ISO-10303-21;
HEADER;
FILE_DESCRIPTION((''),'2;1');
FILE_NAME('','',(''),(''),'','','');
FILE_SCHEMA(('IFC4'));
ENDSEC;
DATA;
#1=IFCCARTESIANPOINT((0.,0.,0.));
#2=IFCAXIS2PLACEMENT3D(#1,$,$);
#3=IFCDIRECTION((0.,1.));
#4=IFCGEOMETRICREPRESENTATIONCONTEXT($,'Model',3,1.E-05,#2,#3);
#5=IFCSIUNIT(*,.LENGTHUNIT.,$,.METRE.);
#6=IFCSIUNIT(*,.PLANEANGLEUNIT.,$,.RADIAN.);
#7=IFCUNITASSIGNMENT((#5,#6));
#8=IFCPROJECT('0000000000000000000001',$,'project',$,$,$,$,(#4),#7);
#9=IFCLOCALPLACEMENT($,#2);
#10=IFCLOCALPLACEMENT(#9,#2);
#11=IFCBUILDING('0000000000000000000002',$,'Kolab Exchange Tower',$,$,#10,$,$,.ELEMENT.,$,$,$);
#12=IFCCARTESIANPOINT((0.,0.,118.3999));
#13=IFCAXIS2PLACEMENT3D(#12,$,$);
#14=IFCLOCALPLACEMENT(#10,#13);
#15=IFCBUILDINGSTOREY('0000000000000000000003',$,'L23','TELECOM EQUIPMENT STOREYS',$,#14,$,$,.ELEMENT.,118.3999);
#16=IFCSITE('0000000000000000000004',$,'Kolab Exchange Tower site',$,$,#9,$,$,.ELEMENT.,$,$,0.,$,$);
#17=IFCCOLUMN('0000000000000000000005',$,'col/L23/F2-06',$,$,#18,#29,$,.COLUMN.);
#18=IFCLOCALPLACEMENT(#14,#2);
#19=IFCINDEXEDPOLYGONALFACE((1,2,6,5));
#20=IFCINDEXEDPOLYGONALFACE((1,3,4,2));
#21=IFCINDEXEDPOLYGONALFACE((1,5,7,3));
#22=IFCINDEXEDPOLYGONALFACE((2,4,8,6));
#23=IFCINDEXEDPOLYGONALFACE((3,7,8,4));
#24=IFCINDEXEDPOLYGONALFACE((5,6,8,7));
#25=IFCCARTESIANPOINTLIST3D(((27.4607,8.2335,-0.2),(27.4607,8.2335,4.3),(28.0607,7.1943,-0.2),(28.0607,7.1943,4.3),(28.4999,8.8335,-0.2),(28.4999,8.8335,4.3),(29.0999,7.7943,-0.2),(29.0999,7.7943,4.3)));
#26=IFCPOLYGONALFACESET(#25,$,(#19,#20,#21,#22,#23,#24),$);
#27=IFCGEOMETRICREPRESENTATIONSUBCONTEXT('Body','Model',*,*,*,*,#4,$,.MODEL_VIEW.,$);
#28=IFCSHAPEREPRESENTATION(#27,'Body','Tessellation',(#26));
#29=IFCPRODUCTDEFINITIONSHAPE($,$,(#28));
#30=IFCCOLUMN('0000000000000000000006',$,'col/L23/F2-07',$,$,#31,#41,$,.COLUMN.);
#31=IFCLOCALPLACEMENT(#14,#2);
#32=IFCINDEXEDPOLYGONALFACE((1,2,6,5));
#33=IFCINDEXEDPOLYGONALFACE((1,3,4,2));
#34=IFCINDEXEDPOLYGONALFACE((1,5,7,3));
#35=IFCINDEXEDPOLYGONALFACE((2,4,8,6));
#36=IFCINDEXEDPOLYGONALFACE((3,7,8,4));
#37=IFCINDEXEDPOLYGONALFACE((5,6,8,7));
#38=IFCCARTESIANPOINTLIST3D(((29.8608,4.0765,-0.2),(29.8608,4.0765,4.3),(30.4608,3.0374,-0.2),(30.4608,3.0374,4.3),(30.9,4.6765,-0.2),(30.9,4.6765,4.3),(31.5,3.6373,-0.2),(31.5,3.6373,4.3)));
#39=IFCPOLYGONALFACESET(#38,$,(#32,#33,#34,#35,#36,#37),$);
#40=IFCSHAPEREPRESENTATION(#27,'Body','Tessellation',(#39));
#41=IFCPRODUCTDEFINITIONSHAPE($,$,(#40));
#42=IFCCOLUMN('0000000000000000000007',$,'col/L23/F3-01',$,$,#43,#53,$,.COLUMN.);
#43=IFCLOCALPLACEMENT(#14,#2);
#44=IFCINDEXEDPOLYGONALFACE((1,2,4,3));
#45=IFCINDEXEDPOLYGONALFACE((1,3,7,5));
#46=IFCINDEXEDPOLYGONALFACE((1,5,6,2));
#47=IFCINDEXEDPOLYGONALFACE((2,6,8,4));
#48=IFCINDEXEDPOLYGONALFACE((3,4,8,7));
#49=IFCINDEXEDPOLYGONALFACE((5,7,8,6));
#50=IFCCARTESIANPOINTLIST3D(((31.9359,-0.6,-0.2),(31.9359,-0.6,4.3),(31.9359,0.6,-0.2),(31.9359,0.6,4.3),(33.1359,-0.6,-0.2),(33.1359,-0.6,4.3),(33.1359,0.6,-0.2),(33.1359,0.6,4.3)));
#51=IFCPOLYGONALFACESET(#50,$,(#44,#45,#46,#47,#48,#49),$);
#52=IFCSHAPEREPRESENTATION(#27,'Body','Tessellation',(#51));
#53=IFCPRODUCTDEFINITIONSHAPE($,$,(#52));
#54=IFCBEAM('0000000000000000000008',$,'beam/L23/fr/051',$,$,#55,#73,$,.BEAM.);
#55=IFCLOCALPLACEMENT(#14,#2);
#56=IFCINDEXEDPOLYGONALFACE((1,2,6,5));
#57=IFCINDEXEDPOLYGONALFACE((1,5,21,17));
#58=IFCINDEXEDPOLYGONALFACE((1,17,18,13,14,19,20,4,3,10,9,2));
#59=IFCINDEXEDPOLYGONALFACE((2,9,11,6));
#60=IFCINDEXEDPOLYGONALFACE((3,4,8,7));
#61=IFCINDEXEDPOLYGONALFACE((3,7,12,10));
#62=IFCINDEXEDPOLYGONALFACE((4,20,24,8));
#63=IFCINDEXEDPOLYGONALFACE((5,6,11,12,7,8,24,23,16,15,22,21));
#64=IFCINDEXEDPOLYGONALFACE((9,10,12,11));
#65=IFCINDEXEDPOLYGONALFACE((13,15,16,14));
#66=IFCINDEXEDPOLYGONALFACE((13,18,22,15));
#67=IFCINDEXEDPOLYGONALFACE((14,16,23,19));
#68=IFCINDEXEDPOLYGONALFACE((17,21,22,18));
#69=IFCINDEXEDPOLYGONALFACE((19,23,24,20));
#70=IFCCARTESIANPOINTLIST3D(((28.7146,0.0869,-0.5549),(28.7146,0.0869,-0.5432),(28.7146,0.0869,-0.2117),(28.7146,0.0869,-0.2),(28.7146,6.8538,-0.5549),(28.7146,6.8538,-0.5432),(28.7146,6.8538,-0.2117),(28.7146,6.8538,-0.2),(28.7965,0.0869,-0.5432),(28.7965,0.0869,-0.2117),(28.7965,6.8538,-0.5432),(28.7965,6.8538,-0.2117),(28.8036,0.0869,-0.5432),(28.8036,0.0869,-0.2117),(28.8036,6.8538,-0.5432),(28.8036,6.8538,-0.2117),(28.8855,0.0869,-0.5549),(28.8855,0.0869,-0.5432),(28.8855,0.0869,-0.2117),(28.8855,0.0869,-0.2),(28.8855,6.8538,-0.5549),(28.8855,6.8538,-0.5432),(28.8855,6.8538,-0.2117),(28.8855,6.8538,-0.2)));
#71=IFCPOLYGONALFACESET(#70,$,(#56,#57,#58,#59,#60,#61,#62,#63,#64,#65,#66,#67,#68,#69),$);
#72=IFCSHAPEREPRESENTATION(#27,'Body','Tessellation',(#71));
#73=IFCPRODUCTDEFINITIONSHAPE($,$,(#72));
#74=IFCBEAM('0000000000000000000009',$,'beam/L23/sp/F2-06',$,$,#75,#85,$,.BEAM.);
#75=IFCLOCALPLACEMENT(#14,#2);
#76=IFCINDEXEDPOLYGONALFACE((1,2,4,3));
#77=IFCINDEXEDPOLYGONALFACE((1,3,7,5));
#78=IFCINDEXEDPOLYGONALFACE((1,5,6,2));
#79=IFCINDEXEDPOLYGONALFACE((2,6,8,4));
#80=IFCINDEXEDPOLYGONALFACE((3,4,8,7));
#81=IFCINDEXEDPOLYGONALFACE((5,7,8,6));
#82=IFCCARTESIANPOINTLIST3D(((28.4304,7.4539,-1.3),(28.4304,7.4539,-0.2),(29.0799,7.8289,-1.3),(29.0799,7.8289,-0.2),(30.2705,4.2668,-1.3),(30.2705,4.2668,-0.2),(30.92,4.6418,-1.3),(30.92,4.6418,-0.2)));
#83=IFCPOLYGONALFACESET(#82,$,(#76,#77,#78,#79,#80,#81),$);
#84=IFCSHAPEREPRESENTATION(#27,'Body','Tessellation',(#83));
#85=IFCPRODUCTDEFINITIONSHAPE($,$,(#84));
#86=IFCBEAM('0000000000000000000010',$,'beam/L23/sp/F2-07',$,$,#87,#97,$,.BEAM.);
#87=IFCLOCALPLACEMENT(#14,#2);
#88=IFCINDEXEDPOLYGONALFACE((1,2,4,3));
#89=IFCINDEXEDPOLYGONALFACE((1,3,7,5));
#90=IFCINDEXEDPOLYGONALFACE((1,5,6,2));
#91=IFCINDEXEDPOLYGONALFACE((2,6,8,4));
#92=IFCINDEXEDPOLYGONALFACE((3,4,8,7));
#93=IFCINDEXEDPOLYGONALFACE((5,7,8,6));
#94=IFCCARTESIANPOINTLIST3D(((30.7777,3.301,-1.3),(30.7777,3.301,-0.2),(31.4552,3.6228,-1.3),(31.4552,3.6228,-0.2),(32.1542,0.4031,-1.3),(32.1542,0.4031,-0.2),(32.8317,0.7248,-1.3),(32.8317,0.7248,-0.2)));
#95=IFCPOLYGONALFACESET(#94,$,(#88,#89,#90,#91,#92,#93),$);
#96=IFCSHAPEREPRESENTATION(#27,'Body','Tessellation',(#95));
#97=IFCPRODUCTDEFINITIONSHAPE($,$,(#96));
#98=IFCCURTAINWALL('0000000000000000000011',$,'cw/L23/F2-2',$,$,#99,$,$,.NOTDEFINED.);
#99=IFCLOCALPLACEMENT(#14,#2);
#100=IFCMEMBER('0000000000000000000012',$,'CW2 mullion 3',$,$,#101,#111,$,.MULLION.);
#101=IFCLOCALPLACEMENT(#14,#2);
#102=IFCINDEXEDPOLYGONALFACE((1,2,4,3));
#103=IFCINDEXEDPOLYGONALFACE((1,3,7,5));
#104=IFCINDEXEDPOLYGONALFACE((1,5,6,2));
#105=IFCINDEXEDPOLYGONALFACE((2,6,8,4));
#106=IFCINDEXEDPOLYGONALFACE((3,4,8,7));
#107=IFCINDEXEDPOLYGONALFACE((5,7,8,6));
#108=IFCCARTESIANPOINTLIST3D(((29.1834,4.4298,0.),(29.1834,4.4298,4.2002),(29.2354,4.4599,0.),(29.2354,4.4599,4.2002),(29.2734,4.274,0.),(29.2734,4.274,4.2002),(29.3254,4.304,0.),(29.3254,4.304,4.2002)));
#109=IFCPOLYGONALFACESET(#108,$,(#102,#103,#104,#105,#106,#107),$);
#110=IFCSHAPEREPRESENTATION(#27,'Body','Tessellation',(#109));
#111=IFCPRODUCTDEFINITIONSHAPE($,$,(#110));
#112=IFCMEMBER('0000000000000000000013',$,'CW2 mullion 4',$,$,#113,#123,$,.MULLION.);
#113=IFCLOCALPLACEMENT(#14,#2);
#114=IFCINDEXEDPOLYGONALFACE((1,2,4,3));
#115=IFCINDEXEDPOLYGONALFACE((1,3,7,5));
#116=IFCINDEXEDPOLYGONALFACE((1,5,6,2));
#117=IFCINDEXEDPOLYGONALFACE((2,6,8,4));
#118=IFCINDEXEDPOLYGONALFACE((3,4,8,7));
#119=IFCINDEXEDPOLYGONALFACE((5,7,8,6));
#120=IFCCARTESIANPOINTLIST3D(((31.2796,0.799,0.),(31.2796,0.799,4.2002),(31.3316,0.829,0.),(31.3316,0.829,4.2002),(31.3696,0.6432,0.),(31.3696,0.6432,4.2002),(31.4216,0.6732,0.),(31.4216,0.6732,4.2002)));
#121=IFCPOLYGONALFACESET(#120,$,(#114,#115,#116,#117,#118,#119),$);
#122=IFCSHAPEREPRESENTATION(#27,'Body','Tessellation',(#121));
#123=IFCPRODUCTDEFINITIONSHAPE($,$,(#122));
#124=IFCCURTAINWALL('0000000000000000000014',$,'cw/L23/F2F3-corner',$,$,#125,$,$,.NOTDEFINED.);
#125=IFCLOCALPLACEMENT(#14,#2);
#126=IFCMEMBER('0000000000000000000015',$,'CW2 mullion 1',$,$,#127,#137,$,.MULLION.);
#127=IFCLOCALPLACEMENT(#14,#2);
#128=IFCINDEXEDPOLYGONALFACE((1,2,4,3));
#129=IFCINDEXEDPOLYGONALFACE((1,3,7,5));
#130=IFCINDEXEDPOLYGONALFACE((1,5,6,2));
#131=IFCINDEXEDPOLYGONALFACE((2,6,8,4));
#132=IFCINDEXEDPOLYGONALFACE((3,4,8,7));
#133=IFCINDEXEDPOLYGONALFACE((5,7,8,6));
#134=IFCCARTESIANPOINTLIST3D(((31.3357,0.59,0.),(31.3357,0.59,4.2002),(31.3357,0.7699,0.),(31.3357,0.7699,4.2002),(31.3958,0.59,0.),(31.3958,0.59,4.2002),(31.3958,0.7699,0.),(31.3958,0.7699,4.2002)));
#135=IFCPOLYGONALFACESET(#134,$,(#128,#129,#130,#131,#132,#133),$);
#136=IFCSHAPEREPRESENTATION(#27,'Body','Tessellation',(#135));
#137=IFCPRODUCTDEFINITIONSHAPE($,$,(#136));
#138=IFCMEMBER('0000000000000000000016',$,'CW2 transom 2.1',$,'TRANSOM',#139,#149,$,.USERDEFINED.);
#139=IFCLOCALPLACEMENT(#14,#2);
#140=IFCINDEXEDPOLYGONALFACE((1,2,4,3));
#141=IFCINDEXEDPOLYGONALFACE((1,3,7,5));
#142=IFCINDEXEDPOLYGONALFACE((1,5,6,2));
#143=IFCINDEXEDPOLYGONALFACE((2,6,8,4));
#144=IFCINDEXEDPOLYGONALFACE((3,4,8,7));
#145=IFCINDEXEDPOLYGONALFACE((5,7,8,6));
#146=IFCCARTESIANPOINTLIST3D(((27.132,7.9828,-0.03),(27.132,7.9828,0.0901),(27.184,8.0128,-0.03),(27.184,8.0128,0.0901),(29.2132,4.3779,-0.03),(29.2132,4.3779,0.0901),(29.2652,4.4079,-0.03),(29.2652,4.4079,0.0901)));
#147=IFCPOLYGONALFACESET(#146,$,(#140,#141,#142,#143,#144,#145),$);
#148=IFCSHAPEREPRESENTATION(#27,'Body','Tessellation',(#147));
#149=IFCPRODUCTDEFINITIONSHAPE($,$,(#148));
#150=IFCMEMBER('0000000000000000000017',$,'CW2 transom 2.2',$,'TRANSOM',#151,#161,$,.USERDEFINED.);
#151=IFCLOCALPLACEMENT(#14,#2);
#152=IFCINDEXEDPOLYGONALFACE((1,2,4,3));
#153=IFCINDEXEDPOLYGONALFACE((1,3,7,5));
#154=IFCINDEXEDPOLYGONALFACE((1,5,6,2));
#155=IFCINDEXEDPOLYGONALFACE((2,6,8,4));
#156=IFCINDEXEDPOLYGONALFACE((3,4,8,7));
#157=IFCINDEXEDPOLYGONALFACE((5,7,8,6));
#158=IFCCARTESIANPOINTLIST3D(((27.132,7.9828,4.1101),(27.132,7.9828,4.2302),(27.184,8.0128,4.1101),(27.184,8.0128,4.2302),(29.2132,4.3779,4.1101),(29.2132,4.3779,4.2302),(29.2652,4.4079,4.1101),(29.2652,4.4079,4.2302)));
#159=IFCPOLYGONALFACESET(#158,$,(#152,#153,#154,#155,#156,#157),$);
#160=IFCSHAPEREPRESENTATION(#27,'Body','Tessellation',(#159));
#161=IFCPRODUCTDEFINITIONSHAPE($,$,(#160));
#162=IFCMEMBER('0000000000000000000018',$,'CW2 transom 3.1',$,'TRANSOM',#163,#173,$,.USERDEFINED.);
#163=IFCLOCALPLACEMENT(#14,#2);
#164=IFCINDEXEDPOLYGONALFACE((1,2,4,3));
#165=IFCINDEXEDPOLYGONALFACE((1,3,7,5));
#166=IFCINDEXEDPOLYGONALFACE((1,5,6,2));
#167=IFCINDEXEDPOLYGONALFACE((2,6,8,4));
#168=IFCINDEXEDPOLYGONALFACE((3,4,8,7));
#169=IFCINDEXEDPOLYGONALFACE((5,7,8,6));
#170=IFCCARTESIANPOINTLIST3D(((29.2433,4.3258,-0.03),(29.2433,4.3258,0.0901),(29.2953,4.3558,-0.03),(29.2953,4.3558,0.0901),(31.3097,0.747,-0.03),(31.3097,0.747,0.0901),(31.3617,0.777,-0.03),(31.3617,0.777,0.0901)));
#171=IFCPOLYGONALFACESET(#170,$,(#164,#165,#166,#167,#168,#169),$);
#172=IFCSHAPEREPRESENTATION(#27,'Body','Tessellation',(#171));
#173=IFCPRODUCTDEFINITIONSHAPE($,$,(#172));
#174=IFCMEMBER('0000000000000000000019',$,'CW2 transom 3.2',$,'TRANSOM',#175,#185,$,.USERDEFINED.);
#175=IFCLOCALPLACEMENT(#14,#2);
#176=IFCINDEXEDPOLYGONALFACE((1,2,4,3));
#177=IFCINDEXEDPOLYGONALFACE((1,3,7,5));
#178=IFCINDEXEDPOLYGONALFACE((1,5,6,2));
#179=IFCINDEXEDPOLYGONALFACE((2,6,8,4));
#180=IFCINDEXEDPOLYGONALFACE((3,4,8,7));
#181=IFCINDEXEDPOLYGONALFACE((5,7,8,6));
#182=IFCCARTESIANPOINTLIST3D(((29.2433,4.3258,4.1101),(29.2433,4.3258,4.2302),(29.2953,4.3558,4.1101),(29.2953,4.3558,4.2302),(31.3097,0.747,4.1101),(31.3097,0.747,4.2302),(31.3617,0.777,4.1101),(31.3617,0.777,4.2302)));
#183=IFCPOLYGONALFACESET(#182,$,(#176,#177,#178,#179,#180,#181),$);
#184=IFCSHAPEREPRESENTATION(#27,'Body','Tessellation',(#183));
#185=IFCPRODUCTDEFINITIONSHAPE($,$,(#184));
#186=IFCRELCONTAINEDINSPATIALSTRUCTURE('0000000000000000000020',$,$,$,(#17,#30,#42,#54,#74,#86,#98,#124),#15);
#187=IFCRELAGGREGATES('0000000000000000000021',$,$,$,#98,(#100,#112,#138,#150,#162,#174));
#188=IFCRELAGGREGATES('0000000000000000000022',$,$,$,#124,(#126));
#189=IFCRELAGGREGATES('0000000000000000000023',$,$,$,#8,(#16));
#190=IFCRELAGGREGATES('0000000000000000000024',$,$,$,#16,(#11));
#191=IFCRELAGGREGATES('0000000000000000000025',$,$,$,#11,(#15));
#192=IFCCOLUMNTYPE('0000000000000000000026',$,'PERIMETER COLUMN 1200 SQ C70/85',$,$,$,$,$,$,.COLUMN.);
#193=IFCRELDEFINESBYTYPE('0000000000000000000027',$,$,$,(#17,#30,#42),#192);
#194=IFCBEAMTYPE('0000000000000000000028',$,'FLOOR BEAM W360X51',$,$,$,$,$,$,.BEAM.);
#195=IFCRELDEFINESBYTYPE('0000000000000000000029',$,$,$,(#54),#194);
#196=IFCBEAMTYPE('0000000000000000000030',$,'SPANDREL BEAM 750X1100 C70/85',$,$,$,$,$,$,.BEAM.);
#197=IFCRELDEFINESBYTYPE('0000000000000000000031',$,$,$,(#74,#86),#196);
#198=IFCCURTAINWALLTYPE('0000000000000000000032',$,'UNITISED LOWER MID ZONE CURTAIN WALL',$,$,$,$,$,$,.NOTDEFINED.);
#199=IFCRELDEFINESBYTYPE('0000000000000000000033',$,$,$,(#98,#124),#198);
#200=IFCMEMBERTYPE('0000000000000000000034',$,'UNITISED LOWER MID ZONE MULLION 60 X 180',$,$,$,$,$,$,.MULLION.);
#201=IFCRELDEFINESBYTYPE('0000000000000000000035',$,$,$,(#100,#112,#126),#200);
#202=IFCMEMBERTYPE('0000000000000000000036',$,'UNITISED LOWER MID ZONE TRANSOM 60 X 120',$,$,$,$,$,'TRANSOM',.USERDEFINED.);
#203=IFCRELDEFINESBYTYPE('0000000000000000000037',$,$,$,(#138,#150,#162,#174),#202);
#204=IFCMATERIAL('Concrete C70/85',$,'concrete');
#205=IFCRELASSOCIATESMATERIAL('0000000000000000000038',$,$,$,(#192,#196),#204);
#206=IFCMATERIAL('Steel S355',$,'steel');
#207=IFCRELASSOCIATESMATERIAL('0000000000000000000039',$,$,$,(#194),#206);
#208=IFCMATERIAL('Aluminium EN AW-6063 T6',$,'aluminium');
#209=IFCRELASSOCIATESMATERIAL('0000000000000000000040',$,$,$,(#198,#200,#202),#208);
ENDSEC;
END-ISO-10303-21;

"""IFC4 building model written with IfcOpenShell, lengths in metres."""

from ifc_helpers import new_model, si_unit, direction, frame, origin, origin_2d, place, context, subcontext, project, spatial, rectangle, i_section, extrude, material, material_profile, profile_set, type_object, element, aggregate, save


model = new_model("IFC4")

# Units and contexts
model_context = context("Model", 3, precision=1e-05, world=origin(), true_north=direction((0.0, 1.0)))
body_context = subcontext(model_context, "Body", "Model", "MODEL_VIEW")
ifc_project = project(units=[si_unit("LENGTHUNIT", "METRE"), si_unit("PLANEANGLEUNIT", "RADIAN")], contexts=[model_context])

# Site, building, storey
site_placement = place(None, origin())
site = spatial("IfcSite", under=ifc_project, at=site_placement, Name="Kolab Exchange Tower site", CompositionType="ELEMENT", RefElevation=0.0)
building_placement = place(site_placement, origin())
building = spatial("IfcBuilding", under=site, at=building_placement, Name="Kolab Exchange Tower", CompositionType="ELEMENT")
storey_placement = place(building_placement, frame((0.0, 0.0, 118.3999)))
storey = spatial("IfcBuildingStorey", under=building, at=storey_placement, Name="L23", Description="TELECOM EQUIPMENT STOREYS", CompositionType="ELEMENT", Elevation=118.3999)

# Columns
ifc_material_1 = material(Name="Concrete C70/85", Category="concrete")
ifc_material_profile_1 = material_profile(ifc_material_1, rectangle(XDim=1.2, YDim=1.2, at=origin_2d()), Name="RC1200")
ifc_profile_set_1 = profile_set([ifc_material_profile_1], Name="Concrete C70/85")
column_type = type_object("IfcColumnType", Name="PERIMETER COLUMN 1200 SQ C70/85", PredefinedType="COLUMN", material=ifc_profile_set_1)
for number, where, z_axis, x_axis, name in (
    (1, (28.2803, 8.0139, -0.2), (0.0, 0.0, 1.0), (0.866025, 0.5, 0.0), "col/L23/F2-06"),
    (2, (30.6804, 3.8569, -0.2), (0.0, 0.0, 1.0), (0.866025, 0.5, 0.0), "col/L23/F2-07"),
    (3, (32.5359, 0.0, -0.2), (0.0, 0.0, 1.0), (1.0, 0.0, 0.0), "col/L23/F3-01"),
):
    element("IfcColumn", number, at=place(storey_placement, frame(where, z_axis=z_axis, x_axis=x_axis)), inside=storey, type_object=column_type, Name=name, PredefinedType="COLUMN", context=body_context, shape_type="SweptSolid", body=[
        extrude(rectangle(XDim=1.2, YDim=1.2, at=origin_2d()), origin(), (0.0, 0.0, 1.0), 4.5),
    ])

# Beams
ifc_material_2 = material(Name="Steel S355", Category="steel")
ifc_material_profile_2 = material_profile(ifc_material_2, i_section(OverallWidth=0.1709, OverallDepth=0.355, WebThickness=0.0071, FlangeThickness=0.0117, at=origin_2d()), Name="W360X51")
ifc_profile_set_2 = profile_set([ifc_material_profile_2], Name="Steel S355")
beam_type_1 = type_object("IfcBeamType", Name="FLOOR BEAM W360X51", PredefinedType="BEAM", material=ifc_profile_set_2)
beam_1_placement = place(storey_placement, frame((28.8, 0.0869, -0.3774), z_axis=(0.0, 1.0, 0.0), x_axis=(-1.0, 0.0, 0.0)))
element("IfcBeam", 4, at=beam_1_placement, inside=storey, type_object=beam_type_1, Name="beam/L23/fr/051", PredefinedType="BEAM", context=body_context, shape_type="SweptSolid", body=[
    extrude(i_section(OverallWidth=0.1709, OverallDepth=0.355, WebThickness=0.0071, FlangeThickness=0.0117, at=origin_2d()), origin(), (0.0, 0.0, 1.0), 6.7668),
])
ifc_material_profile_3 = material_profile(ifc_material_1, rectangle(XDim=0.75, YDim=1.1001, at=origin_2d()), Name="RC750X1100")
ifc_profile_set_3 = profile_set([ifc_material_profile_3], Name="Concrete C70/85")
beam_type_2 = type_object("IfcBeamType", Name="SPANDREL BEAM 750X1100 C70/85", PredefinedType="BEAM", material=ifc_profile_set_3)
beam_2_placement = place(storey_placement, frame((28.7551, 7.6414, -0.75), z_axis=(0.500013, -0.866018, 0.0), x_axis=(0.866018, 0.500013, 0.0)))
element("IfcBeam", 5, at=beam_2_placement, inside=storey, type_object=beam_type_2, Name="beam/L23/sp/F2-06", PredefinedType="BEAM", context=body_context, shape_type="SweptSolid", body=[
    extrude(rectangle(XDim=0.75, YDim=1.1001, at=origin_2d()), origin(), (0.0, 0.0, 1.0), 3.6802),
])
beam_3_placement = place(storey_placement, frame((31.1165, 3.4619, -0.75), z_axis=(0.429041, -0.903285, 0.0), x_axis=(0.903285, 0.429041, 0.0)))
element("IfcBeam", 6, at=beam_3_placement, inside=storey, type_object=beam_type_2, Name="beam/L23/sp/F2-07", PredefinedType="BEAM", context=body_context, shape_type="SweptSolid", body=[
    extrude(rectangle(XDim=0.75, YDim=1.1001, at=origin_2d()), origin(), (0.0, 0.0, 1.0), 3.2083),
])

# Curtain wall, members
ifc_material_3 = material(Name="Aluminium EN AW-6063 T6", Category="aluminium")
curtain_wall_type = type_object("IfcCurtainWallType", Name="UNITISED LOWER MID ZONE CURTAIN WALL", PredefinedType="NOTDEFINED", material=ifc_material_3)
curtain_wall_1_placement = place(storey_placement, origin())
curtain_wall_1 = element("IfcCurtainWall", 7, at=curtain_wall_1_placement, inside=storey, type_object=curtain_wall_type, Name="cw/L23/F2-2", PredefinedType="NOTDEFINED")
ifc_material_profile_4 = material_profile(ifc_material_3, rectangle(XDim=0.0601, YDim=0.1799, at=origin_2d()), Name="RECT 60X180")
ifc_profile_set_4 = profile_set([ifc_material_profile_4], Name="Aluminium EN AW-6063 T6")
member_type_1 = type_object("IfcMemberType", Name="UNITISED LOWER MID ZONE MULLION 60 X 180", PredefinedType="MULLION", material=ifc_profile_set_4)
member_1_placement = place(storey_placement, frame((29.2544, 4.3669, 0.0), z_axis=(0.0, 0.0, 1.0), x_axis=(0.866025, 0.5, 0.0)))
member_1 = element("IfcMember", 8, at=member_1_placement, type_object=member_type_1, Name="CW2 mullion 3", PredefinedType="MULLION", context=body_context, shape_type="SweptSolid", body=[
    extrude(rectangle(XDim=0.0601, YDim=0.1799, at=origin_2d()), origin(), (0.0, 0.0, 1.0), 4.2002),
])
member_2_placement = place(storey_placement, frame((31.3506, 0.7361, 0.0), z_axis=(0.0, 0.0, 1.0), x_axis=(0.866025, 0.5, 0.0)))
member_2 = element("IfcMember", 9, at=member_2_placement, type_object=member_type_1, Name="CW2 mullion 4", PredefinedType="MULLION", context=body_context, shape_type="SweptSolid", body=[
    extrude(rectangle(XDim=0.0601, YDim=0.1799, at=origin_2d()), origin(), (0.0, 0.0, 1.0), 4.2002),
])

# Curtain wall, member
curtain_wall_2_placement = place(storey_placement, origin())
curtain_wall_2 = element("IfcCurtainWall", 10, at=curtain_wall_2_placement, inside=storey, type_object=curtain_wall_type, Name="cw/L23/F2F3-corner", PredefinedType="NOTDEFINED")
member_3_placement = place(storey_placement, frame((31.3657, 0.6799, 0.0), z_axis=(0.0, 0.0, 1.0), x_axis=(1.0, 0.0, 0.0)))
member_3 = element("IfcMember", 11, at=member_3_placement, type_object=member_type_1, Name="CW2 mullion 1", PredefinedType="MULLION", context=body_context, shape_type="SweptSolid", body=[
    extrude(rectangle(XDim=0.0601, YDim=0.1799, at=origin_2d()), origin(), (0.0, 0.0, 1.0), 4.2002),
])

# Members
ifc_material_profile_5 = material_profile(ifc_material_3, rectangle(XDim=0.0601, YDim=0.1201, at=origin_2d()), Name="RECT 60X120")
ifc_profile_set_5 = profile_set([ifc_material_profile_5], Name="Aluminium EN AW-6063 T6")
member_type_2 = type_object("IfcMemberType", Name="UNITISED LOWER MID ZONE TRANSOM 60 X 120", ElementType="TRANSOM", PredefinedType="USERDEFINED", material=ifc_profile_set_5)
member_4_placement = place(storey_placement, frame((27.158, 7.9978, 0.03), z_axis=(0.499993, -0.866029, 0.0), x_axis=(0.866029, 0.499993, 0.0)))
member_4 = element("IfcMember", 12, at=member_4_placement, type_object=member_type_2, Name="CW2 transom 2.1", ObjectType="TRANSOM", PredefinedType="USERDEFINED", context=body_context, shape_type="SweptSolid", body=[
    extrude(rectangle(XDim=0.0601, YDim=0.1201, at=origin_2d()), origin(), (0.0, 0.0, 1.0), 4.1626),
])
member_5_placement = place(storey_placement, frame((27.158, 7.9978, 4.1702), z_axis=(0.499993, -0.866029, 0.0), x_axis=(0.866029, 0.499993, 0.0)))
member_5 = element("IfcMember", 13, at=member_5_placement, type_object=member_type_2, Name="CW2 transom 2.2", ObjectType="TRANSOM", PredefinedType="USERDEFINED", context=body_context, shape_type="SweptSolid", body=[
    extrude(rectangle(XDim=0.0601, YDim=0.1201, at=origin_2d()), origin(), (0.0, 0.0, 1.0), 4.1626),
])
member_6_placement = place(storey_placement, frame((29.2693, 4.3408, 0.03), z_axis=(0.500028, -0.866009, 0.0), x_axis=(0.866009, 0.500028, 0.0)))
member_6 = element("IfcMember", 14, at=member_6_placement, type_object=member_type_2, Name="CW2 transom 3.1", ObjectType="TRANSOM", PredefinedType="USERDEFINED", context=body_context, shape_type="SweptSolid", body=[
    extrude(rectangle(XDim=0.0601, YDim=0.1201, at=origin_2d()), origin(), (0.0, 0.0, 1.0), 4.1326),
])
member_7_placement = place(storey_placement, frame((29.2693, 4.3408, 4.1702), z_axis=(0.500028, -0.866009, 0.0), x_axis=(0.866009, 0.500028, 0.0)))
member_7 = element("IfcMember", 15, at=member_7_placement, type_object=member_type_2, Name="CW2 transom 3.2", ObjectType="TRANSOM", PredefinedType="USERDEFINED", context=body_context, shape_type="SweptSolid", body=[
    extrude(rectangle(XDim=0.0601, YDim=0.1201, at=origin_2d()), origin(), (0.0, 0.0, 1.0), 4.1326),
])

aggregate(curtain_wall_1, [member_1, member_2, member_4, member_5, member_6, member_7])
aggregate(curtain_wall_2, [member_3])

save(model, "model.ifc")
